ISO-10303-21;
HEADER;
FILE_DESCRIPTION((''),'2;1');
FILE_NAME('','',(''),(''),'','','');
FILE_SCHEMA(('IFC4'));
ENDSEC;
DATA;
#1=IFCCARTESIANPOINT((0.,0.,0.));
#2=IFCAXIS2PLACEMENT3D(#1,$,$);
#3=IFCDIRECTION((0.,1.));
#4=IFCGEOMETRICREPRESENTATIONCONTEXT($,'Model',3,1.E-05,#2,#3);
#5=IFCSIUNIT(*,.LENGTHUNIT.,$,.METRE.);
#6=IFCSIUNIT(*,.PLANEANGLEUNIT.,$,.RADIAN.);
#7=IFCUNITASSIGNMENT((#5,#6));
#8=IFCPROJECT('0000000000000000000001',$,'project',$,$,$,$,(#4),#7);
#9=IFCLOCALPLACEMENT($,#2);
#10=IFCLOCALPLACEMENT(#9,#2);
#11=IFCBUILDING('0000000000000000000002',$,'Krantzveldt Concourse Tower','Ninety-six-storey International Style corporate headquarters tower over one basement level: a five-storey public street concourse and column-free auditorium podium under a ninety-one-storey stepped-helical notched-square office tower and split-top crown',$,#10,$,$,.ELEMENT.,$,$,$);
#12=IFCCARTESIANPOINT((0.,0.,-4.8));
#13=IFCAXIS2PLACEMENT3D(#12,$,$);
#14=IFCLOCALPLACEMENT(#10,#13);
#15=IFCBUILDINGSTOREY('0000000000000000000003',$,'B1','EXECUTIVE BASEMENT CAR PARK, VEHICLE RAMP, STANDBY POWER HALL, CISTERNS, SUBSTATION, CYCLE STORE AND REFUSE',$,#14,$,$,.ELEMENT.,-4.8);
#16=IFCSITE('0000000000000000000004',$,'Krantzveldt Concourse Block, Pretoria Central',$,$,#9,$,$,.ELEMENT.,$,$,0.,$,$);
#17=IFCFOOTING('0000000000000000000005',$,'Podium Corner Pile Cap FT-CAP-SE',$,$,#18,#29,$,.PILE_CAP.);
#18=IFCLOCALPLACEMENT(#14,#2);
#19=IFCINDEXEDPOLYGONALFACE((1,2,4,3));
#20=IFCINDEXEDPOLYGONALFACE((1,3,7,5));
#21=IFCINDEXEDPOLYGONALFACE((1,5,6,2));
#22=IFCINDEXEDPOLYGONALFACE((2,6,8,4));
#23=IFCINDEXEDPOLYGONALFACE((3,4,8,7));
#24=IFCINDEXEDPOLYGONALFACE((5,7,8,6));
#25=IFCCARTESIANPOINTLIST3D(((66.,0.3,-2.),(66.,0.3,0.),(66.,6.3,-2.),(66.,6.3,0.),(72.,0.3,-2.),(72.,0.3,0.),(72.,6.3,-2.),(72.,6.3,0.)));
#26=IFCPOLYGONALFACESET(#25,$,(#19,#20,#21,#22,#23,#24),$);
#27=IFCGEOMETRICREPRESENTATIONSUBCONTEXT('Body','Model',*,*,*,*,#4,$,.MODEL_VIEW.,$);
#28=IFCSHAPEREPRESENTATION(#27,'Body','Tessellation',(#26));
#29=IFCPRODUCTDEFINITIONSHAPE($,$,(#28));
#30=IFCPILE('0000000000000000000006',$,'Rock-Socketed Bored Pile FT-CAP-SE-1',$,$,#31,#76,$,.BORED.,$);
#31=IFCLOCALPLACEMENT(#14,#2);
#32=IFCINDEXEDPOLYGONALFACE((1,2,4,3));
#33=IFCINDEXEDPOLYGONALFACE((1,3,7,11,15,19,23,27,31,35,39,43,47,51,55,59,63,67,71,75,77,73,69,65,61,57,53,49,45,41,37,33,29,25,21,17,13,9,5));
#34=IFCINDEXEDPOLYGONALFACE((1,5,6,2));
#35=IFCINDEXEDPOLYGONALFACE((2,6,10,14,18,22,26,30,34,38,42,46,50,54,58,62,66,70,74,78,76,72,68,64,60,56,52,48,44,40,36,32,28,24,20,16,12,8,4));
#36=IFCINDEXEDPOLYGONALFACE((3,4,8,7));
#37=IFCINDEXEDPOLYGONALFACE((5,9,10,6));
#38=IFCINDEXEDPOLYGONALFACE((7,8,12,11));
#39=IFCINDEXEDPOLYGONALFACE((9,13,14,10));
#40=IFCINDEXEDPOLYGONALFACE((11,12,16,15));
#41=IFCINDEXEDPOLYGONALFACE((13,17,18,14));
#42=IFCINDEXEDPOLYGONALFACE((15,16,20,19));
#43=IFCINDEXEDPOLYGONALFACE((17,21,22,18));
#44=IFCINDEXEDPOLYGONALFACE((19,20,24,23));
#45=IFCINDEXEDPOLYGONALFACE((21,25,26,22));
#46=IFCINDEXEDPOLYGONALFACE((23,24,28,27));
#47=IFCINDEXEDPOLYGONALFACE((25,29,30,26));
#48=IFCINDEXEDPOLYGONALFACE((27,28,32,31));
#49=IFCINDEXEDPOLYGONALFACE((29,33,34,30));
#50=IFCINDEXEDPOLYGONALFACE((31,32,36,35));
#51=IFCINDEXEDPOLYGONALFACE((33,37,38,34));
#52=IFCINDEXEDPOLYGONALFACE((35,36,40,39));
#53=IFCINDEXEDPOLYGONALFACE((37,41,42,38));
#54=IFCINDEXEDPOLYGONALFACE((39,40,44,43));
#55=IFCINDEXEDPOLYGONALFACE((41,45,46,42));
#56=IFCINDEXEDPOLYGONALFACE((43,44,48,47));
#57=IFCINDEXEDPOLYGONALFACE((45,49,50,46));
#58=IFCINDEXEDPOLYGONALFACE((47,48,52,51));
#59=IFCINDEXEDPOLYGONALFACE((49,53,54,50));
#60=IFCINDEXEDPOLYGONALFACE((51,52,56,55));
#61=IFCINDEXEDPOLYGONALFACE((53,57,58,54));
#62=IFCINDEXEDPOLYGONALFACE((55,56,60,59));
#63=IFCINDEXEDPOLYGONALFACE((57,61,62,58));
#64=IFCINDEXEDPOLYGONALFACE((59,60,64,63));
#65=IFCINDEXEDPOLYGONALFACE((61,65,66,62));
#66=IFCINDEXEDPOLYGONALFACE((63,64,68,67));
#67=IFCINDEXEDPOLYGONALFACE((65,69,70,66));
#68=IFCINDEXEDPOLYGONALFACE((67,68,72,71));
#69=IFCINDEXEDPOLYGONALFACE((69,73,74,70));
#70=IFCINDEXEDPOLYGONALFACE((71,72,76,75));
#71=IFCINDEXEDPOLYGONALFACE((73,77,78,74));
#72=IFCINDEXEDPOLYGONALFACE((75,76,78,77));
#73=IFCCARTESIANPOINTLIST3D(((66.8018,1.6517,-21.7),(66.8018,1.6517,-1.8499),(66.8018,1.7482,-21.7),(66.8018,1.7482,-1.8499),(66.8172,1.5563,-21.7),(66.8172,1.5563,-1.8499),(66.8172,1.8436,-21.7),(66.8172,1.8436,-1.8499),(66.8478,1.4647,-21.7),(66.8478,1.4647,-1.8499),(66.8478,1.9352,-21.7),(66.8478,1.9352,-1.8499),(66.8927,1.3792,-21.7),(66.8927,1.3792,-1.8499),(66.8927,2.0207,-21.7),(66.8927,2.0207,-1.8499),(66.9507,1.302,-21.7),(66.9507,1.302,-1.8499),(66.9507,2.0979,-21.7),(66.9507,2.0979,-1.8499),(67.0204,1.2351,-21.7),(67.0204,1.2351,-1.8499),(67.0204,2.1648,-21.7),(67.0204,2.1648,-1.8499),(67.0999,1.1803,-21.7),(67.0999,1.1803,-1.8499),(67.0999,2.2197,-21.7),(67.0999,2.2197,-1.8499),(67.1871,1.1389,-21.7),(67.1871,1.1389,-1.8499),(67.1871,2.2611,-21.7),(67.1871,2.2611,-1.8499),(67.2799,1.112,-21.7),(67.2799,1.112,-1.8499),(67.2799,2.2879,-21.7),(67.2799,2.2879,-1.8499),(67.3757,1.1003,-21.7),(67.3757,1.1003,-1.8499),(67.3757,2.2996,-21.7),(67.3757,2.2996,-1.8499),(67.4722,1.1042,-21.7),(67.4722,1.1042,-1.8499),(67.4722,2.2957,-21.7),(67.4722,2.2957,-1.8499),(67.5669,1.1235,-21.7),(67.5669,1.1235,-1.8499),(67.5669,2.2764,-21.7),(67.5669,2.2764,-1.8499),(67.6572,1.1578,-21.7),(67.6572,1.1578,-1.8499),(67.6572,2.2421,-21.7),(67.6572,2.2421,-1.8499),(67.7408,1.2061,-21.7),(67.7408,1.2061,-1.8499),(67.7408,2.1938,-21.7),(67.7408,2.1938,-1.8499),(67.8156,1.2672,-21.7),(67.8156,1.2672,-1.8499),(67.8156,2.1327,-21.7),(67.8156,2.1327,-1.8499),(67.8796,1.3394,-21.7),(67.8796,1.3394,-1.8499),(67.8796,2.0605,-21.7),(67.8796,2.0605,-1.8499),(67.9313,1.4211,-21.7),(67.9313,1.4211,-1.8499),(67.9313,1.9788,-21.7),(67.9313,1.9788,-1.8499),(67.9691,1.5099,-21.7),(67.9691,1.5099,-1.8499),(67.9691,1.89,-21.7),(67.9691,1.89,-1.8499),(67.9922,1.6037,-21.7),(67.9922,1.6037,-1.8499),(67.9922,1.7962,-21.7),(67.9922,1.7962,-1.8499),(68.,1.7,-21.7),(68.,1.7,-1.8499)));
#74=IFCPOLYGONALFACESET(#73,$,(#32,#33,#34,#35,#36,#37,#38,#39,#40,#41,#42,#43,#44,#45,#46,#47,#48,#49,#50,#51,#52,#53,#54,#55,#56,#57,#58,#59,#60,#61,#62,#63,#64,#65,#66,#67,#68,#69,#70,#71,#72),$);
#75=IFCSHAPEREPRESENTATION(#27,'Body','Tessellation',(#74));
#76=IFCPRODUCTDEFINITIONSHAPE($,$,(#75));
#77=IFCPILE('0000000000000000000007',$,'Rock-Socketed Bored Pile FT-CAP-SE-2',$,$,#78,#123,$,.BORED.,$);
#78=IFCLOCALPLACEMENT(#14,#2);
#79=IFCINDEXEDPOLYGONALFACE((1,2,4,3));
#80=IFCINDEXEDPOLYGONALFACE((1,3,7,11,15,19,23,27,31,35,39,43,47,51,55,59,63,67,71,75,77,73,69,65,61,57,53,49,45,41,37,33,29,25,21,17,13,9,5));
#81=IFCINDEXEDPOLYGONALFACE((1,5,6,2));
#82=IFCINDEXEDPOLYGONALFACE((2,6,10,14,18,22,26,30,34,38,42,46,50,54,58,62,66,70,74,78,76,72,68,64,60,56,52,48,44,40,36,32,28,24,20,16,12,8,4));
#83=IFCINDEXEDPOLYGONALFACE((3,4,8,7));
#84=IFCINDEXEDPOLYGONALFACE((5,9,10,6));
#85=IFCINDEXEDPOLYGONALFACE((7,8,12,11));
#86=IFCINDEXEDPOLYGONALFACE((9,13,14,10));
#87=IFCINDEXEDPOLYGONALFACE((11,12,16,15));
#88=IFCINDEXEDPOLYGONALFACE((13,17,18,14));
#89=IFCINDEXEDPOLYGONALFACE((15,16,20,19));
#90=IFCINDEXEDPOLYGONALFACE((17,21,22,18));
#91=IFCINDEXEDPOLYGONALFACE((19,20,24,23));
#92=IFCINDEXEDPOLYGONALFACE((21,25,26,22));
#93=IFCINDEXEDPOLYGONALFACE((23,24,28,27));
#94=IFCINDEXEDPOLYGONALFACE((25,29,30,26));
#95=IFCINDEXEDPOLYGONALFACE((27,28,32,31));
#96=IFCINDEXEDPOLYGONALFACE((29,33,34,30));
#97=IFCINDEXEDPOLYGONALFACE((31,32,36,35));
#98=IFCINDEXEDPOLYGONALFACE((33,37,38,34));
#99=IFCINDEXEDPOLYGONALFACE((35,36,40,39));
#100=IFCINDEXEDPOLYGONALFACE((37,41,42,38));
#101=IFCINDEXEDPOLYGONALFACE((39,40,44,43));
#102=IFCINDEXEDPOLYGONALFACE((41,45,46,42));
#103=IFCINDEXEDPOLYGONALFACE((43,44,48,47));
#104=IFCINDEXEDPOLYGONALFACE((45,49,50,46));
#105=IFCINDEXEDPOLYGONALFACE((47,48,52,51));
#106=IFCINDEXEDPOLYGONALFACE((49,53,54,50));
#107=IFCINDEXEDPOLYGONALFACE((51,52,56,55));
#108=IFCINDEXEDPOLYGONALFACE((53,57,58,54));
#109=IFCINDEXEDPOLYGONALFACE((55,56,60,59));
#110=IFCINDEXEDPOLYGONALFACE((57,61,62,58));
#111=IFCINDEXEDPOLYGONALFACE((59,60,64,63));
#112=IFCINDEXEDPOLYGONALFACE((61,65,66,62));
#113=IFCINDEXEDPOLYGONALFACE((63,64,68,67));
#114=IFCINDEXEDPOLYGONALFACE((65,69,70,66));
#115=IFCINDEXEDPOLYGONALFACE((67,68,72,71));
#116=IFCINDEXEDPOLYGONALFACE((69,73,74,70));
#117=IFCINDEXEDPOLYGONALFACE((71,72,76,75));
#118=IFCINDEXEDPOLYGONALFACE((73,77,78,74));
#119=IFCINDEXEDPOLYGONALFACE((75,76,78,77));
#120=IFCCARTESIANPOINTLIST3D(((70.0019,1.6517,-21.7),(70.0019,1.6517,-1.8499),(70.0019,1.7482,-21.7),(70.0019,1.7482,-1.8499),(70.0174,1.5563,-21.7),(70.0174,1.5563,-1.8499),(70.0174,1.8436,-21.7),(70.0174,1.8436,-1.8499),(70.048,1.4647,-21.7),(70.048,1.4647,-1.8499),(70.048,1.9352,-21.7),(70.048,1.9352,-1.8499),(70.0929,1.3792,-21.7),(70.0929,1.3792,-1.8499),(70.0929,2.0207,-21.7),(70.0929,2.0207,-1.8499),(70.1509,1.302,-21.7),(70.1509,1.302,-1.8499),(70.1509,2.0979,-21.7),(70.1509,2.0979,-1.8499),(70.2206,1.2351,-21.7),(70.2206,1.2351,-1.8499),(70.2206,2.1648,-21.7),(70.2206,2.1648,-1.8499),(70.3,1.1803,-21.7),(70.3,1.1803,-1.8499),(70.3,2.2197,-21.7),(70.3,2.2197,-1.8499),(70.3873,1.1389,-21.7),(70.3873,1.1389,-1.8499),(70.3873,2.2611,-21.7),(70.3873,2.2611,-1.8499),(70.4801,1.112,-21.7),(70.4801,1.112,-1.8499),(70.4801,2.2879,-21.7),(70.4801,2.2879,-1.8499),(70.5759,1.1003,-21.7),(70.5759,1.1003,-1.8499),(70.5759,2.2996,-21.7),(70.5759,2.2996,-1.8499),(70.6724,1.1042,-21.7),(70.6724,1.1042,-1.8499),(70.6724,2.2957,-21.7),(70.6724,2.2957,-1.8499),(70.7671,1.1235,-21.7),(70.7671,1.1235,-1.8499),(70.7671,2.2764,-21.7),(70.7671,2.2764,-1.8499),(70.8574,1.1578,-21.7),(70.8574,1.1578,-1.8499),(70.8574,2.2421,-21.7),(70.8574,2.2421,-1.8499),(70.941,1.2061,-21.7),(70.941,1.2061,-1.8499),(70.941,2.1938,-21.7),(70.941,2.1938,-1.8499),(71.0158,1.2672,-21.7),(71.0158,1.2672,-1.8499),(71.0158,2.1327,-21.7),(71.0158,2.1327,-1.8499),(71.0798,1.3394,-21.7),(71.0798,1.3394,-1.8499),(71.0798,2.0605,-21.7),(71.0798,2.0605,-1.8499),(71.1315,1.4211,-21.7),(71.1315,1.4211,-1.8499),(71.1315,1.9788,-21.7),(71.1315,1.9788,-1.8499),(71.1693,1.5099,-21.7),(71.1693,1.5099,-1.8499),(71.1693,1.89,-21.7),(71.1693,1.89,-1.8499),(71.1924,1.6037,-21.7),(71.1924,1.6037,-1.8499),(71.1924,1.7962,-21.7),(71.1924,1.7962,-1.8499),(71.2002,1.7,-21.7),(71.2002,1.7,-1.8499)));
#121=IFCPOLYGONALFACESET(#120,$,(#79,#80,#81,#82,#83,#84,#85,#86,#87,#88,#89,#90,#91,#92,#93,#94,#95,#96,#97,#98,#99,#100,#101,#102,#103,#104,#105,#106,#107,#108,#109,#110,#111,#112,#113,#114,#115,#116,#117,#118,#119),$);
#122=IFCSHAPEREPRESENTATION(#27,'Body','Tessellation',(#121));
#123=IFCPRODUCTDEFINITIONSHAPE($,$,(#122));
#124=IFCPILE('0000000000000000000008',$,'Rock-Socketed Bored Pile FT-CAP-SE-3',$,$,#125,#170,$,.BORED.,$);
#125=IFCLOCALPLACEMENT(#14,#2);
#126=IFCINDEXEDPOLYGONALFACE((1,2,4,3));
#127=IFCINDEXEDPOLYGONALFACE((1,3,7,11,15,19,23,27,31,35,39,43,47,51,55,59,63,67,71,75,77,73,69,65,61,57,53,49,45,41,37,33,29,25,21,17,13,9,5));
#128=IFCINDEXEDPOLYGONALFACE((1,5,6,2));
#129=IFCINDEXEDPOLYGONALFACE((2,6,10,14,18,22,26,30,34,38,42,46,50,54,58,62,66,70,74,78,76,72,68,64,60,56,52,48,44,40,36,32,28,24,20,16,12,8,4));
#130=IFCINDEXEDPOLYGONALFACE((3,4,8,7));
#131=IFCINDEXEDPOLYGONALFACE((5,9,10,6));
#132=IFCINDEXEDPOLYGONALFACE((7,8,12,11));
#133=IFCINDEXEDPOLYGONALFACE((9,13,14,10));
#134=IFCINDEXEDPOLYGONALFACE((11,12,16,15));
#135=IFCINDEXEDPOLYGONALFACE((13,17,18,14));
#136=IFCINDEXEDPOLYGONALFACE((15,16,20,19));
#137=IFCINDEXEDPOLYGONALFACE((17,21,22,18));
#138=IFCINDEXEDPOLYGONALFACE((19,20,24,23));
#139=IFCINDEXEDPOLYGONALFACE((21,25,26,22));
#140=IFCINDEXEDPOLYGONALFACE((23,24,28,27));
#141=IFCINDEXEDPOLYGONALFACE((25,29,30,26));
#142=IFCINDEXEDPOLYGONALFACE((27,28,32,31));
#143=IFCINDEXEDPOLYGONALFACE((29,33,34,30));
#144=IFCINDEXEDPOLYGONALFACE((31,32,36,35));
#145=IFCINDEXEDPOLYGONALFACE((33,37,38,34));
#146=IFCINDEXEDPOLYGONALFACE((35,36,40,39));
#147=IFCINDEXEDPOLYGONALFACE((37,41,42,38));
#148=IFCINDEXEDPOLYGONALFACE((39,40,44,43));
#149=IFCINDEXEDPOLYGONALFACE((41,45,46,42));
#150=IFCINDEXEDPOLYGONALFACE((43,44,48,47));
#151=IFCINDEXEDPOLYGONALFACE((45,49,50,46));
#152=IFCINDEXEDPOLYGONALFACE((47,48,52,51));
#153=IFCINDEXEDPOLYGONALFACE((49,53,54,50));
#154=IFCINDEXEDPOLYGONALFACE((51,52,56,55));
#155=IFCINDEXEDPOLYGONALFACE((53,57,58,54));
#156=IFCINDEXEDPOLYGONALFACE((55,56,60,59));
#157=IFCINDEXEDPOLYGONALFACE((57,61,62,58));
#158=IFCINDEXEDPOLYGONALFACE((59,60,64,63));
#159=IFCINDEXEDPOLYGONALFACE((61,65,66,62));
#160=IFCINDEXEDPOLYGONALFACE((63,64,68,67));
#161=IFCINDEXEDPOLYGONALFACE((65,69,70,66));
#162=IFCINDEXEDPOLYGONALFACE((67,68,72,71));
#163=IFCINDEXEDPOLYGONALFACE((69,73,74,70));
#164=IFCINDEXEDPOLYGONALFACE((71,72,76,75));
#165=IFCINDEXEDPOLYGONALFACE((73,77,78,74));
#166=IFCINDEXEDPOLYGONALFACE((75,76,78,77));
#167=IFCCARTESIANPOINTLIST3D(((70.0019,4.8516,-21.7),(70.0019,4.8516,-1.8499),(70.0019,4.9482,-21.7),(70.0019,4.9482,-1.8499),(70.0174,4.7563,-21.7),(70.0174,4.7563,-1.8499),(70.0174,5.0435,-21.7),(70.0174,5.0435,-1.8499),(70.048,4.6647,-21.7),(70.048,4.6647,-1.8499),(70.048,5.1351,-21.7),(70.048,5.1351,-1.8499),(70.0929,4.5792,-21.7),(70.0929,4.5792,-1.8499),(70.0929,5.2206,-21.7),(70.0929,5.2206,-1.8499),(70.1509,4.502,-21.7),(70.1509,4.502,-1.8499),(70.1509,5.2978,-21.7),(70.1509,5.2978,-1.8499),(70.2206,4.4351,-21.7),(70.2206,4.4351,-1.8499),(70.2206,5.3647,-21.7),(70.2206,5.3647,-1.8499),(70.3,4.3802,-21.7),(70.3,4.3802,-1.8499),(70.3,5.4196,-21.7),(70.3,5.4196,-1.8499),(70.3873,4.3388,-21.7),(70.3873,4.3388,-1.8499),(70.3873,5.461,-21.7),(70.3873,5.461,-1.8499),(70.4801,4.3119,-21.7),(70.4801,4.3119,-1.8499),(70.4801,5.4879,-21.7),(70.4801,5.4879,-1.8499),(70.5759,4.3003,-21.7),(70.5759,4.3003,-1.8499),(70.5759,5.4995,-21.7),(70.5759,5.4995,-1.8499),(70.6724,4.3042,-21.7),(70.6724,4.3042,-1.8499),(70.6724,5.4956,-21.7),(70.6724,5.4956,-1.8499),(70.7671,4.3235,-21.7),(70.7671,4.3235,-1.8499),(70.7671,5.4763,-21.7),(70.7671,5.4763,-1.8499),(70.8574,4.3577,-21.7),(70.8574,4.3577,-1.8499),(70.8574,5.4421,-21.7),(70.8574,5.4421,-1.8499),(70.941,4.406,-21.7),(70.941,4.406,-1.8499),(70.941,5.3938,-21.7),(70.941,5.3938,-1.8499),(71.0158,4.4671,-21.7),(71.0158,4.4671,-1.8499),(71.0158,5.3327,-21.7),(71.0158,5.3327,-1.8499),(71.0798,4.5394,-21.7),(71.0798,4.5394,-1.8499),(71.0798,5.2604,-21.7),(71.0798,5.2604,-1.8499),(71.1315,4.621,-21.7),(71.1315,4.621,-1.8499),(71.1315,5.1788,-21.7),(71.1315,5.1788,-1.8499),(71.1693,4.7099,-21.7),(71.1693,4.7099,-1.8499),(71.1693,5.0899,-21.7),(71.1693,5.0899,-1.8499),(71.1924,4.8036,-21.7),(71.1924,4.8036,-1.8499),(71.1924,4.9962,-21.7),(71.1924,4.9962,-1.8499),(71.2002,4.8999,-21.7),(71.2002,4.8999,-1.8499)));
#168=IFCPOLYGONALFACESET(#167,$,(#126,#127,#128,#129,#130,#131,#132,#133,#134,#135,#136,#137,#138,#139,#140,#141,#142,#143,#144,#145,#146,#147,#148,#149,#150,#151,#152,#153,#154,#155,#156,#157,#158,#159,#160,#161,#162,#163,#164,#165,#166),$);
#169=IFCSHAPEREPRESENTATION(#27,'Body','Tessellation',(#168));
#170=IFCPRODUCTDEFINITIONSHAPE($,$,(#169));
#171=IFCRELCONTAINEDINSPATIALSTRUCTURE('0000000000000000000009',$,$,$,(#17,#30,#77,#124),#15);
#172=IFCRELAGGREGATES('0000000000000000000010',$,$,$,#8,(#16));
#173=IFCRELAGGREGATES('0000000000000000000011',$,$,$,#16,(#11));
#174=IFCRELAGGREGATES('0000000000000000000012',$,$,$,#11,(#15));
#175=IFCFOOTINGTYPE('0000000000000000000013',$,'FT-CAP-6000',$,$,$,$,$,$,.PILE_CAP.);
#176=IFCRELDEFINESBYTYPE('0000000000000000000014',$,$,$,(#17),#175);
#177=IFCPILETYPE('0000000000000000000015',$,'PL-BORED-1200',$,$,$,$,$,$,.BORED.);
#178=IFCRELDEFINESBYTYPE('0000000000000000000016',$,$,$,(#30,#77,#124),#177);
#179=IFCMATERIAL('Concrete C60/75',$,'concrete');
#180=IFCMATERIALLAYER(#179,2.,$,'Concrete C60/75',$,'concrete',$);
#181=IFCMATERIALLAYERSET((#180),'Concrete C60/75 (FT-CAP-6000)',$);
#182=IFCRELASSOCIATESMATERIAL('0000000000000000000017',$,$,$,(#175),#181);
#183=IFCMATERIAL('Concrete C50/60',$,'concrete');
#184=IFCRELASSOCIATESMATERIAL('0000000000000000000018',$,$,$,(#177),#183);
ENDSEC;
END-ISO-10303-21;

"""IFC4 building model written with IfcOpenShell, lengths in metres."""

from ifc_helpers import new_model, si_unit, direction, frame, origin, origin_2d, place, context, subcontext, project, spatial, rectangle, circle, extrude, source, transform, mapped, material, layer, layer_set, material_profile, profile_set, type_object, type_shapes, element, save


model = new_model("IFC4")

# Units and contexts
model_context = context("Model", 3, precision=1e-05, world=origin(), true_north=direction((0.0, 1.0)))
body_context = subcontext(model_context, "Body", "Model", "MODEL_VIEW")
ifc_project = project(units=[si_unit("LENGTHUNIT", "METRE"), si_unit("PLANEANGLEUNIT", "RADIAN")], contexts=[model_context])

# Site, building, storey
site_placement = place(None, origin())
site = spatial("IfcSite", under=ifc_project, at=site_placement, Name="Krantzveldt Concourse Block, Pretoria Central", CompositionType="ELEMENT", RefElevation=0.0)
building_placement = place(site_placement, origin())
building = spatial("IfcBuilding", under=site, at=building_placement, Name="Krantzveldt Concourse Tower", Description="Ninety-six-storey International Style corporate headquarters tower over one basement level: a five-storey public street concourse and column-free auditorium podium under a ninety-one-storey stepped-helical notched-square office tower and split-top crown", CompositionType="ELEMENT")
storey_placement = place(building_placement, frame((0.0, 0.0, -4.8)))
storey = spatial("IfcBuildingStorey", under=building, at=storey_placement, Name="B1", Description="EXECUTIVE BASEMENT CAR PARK, VEHICLE RAMP, STANDBY POWER HALL, CISTERNS, SUBSTATION, CYCLE STORE AND REFUSE", CompositionType="ELEMENT", Elevation=-4.8)

# Footing
ifc_material_1 = material(Name="Concrete C60/75", Category="concrete")
ifc_layer_1 = layer(ifc_material_1, 2.0, Name="Concrete C60/75", Category="concrete")
ifc_layer_set_1 = layer_set([ifc_layer_1], Name="Concrete C60/75 (FT-CAP-6000)")
footing_type_1 = type_object("IfcFootingType", Name="FT-CAP-6000", PredefinedType="PILE_CAP", material=ifc_layer_set_1)
shared_shape_1 = source(origin(), body_context, "Body", "SweptSolid", [
    extrude(rectangle(XDim=6.0, YDim=6.0, at=origin_2d()), origin(), (0.0, 0.0, 1.0), 2.0),
])
type_shapes(footing_type_1, [shared_shape_1])
footing_1_placement = place(storey_placement, frame((69.0, 3.3, -2.0), z_axis=(0.0, 0.0, 1.0), x_axis=(1.0, 0.0, 0.0)))
element("IfcFooting", 1, at=footing_1_placement, inside=storey, type_object=footing_type_1, Name="Podium Corner Pile Cap FT-CAP-SE", PredefinedType="PILE_CAP", context=body_context, shape_type="MappedRepresentation", body=[
    mapped(shared_shape_1, transform((0.0, 0.0, 0.0), x_axis=(1.0, 0.0, 0.0), y_axis=(0.0, 1.0, 0.0), z_axis=(0.0, 0.0, 1.0), scale=1.0)),
])

# Piles
ifc_material_2 = material(Name="Concrete C50/60", Category="concrete")
ifc_material_profile_1 = material_profile(ifc_material_2, circle(Radius=0.6001, at=origin_2d()), Name="Concrete C50/60", Category="concrete")
ifc_profile_set_1 = profile_set([ifc_material_profile_1], Name="Concrete C50/60 - PILE D1200")
pile_type = type_object("IfcPileType", Name="PL-BORED-1200", PredefinedType="BORED", material=ifc_profile_set_1)
shared_shape_2 = source(origin(), body_context, "Body", "SweptSolid", [
    extrude(circle(Radius=0.6001, at=origin_2d()), origin(), (0.0, 0.0, 1.0), 19.8501),
])
for number, where, z_axis, x_axis, name in (
    (2, (67.3999, 1.7, -1.8499), (0.0, 0.0, -1.0), (1.0, 0.0, 0.0), "Rock-Socketed Bored Pile FT-CAP-SE-1"),
    (3, (70.6001, 1.7, -1.8499), (0.0, 0.0, -1.0), (1.0, 0.0, 0.0), "Rock-Socketed Bored Pile FT-CAP-SE-2"),
    (4, (70.6001, 4.8999, -1.8499), (0.0, 0.0, -1.0), (1.0, 0.0, 0.0), "Rock-Socketed Bored Pile FT-CAP-SE-3"),
):
    element("IfcPile", number, at=place(storey_placement, frame(where, z_axis=z_axis, x_axis=x_axis)), inside=storey, type_object=pile_type, Name=name, PredefinedType="BORED", context=body_context, shape_type="MappedRepresentation", body=[
        mapped(shared_shape_2, transform((0.0, 0.0, 0.0), x_axis=(1.0, 0.0, 0.0), y_axis=(0.0, 1.0, 0.0), z_axis=(0.0, 0.0, 1.0), scale=1.0)),
    ])

save(model, "model.ifc")
